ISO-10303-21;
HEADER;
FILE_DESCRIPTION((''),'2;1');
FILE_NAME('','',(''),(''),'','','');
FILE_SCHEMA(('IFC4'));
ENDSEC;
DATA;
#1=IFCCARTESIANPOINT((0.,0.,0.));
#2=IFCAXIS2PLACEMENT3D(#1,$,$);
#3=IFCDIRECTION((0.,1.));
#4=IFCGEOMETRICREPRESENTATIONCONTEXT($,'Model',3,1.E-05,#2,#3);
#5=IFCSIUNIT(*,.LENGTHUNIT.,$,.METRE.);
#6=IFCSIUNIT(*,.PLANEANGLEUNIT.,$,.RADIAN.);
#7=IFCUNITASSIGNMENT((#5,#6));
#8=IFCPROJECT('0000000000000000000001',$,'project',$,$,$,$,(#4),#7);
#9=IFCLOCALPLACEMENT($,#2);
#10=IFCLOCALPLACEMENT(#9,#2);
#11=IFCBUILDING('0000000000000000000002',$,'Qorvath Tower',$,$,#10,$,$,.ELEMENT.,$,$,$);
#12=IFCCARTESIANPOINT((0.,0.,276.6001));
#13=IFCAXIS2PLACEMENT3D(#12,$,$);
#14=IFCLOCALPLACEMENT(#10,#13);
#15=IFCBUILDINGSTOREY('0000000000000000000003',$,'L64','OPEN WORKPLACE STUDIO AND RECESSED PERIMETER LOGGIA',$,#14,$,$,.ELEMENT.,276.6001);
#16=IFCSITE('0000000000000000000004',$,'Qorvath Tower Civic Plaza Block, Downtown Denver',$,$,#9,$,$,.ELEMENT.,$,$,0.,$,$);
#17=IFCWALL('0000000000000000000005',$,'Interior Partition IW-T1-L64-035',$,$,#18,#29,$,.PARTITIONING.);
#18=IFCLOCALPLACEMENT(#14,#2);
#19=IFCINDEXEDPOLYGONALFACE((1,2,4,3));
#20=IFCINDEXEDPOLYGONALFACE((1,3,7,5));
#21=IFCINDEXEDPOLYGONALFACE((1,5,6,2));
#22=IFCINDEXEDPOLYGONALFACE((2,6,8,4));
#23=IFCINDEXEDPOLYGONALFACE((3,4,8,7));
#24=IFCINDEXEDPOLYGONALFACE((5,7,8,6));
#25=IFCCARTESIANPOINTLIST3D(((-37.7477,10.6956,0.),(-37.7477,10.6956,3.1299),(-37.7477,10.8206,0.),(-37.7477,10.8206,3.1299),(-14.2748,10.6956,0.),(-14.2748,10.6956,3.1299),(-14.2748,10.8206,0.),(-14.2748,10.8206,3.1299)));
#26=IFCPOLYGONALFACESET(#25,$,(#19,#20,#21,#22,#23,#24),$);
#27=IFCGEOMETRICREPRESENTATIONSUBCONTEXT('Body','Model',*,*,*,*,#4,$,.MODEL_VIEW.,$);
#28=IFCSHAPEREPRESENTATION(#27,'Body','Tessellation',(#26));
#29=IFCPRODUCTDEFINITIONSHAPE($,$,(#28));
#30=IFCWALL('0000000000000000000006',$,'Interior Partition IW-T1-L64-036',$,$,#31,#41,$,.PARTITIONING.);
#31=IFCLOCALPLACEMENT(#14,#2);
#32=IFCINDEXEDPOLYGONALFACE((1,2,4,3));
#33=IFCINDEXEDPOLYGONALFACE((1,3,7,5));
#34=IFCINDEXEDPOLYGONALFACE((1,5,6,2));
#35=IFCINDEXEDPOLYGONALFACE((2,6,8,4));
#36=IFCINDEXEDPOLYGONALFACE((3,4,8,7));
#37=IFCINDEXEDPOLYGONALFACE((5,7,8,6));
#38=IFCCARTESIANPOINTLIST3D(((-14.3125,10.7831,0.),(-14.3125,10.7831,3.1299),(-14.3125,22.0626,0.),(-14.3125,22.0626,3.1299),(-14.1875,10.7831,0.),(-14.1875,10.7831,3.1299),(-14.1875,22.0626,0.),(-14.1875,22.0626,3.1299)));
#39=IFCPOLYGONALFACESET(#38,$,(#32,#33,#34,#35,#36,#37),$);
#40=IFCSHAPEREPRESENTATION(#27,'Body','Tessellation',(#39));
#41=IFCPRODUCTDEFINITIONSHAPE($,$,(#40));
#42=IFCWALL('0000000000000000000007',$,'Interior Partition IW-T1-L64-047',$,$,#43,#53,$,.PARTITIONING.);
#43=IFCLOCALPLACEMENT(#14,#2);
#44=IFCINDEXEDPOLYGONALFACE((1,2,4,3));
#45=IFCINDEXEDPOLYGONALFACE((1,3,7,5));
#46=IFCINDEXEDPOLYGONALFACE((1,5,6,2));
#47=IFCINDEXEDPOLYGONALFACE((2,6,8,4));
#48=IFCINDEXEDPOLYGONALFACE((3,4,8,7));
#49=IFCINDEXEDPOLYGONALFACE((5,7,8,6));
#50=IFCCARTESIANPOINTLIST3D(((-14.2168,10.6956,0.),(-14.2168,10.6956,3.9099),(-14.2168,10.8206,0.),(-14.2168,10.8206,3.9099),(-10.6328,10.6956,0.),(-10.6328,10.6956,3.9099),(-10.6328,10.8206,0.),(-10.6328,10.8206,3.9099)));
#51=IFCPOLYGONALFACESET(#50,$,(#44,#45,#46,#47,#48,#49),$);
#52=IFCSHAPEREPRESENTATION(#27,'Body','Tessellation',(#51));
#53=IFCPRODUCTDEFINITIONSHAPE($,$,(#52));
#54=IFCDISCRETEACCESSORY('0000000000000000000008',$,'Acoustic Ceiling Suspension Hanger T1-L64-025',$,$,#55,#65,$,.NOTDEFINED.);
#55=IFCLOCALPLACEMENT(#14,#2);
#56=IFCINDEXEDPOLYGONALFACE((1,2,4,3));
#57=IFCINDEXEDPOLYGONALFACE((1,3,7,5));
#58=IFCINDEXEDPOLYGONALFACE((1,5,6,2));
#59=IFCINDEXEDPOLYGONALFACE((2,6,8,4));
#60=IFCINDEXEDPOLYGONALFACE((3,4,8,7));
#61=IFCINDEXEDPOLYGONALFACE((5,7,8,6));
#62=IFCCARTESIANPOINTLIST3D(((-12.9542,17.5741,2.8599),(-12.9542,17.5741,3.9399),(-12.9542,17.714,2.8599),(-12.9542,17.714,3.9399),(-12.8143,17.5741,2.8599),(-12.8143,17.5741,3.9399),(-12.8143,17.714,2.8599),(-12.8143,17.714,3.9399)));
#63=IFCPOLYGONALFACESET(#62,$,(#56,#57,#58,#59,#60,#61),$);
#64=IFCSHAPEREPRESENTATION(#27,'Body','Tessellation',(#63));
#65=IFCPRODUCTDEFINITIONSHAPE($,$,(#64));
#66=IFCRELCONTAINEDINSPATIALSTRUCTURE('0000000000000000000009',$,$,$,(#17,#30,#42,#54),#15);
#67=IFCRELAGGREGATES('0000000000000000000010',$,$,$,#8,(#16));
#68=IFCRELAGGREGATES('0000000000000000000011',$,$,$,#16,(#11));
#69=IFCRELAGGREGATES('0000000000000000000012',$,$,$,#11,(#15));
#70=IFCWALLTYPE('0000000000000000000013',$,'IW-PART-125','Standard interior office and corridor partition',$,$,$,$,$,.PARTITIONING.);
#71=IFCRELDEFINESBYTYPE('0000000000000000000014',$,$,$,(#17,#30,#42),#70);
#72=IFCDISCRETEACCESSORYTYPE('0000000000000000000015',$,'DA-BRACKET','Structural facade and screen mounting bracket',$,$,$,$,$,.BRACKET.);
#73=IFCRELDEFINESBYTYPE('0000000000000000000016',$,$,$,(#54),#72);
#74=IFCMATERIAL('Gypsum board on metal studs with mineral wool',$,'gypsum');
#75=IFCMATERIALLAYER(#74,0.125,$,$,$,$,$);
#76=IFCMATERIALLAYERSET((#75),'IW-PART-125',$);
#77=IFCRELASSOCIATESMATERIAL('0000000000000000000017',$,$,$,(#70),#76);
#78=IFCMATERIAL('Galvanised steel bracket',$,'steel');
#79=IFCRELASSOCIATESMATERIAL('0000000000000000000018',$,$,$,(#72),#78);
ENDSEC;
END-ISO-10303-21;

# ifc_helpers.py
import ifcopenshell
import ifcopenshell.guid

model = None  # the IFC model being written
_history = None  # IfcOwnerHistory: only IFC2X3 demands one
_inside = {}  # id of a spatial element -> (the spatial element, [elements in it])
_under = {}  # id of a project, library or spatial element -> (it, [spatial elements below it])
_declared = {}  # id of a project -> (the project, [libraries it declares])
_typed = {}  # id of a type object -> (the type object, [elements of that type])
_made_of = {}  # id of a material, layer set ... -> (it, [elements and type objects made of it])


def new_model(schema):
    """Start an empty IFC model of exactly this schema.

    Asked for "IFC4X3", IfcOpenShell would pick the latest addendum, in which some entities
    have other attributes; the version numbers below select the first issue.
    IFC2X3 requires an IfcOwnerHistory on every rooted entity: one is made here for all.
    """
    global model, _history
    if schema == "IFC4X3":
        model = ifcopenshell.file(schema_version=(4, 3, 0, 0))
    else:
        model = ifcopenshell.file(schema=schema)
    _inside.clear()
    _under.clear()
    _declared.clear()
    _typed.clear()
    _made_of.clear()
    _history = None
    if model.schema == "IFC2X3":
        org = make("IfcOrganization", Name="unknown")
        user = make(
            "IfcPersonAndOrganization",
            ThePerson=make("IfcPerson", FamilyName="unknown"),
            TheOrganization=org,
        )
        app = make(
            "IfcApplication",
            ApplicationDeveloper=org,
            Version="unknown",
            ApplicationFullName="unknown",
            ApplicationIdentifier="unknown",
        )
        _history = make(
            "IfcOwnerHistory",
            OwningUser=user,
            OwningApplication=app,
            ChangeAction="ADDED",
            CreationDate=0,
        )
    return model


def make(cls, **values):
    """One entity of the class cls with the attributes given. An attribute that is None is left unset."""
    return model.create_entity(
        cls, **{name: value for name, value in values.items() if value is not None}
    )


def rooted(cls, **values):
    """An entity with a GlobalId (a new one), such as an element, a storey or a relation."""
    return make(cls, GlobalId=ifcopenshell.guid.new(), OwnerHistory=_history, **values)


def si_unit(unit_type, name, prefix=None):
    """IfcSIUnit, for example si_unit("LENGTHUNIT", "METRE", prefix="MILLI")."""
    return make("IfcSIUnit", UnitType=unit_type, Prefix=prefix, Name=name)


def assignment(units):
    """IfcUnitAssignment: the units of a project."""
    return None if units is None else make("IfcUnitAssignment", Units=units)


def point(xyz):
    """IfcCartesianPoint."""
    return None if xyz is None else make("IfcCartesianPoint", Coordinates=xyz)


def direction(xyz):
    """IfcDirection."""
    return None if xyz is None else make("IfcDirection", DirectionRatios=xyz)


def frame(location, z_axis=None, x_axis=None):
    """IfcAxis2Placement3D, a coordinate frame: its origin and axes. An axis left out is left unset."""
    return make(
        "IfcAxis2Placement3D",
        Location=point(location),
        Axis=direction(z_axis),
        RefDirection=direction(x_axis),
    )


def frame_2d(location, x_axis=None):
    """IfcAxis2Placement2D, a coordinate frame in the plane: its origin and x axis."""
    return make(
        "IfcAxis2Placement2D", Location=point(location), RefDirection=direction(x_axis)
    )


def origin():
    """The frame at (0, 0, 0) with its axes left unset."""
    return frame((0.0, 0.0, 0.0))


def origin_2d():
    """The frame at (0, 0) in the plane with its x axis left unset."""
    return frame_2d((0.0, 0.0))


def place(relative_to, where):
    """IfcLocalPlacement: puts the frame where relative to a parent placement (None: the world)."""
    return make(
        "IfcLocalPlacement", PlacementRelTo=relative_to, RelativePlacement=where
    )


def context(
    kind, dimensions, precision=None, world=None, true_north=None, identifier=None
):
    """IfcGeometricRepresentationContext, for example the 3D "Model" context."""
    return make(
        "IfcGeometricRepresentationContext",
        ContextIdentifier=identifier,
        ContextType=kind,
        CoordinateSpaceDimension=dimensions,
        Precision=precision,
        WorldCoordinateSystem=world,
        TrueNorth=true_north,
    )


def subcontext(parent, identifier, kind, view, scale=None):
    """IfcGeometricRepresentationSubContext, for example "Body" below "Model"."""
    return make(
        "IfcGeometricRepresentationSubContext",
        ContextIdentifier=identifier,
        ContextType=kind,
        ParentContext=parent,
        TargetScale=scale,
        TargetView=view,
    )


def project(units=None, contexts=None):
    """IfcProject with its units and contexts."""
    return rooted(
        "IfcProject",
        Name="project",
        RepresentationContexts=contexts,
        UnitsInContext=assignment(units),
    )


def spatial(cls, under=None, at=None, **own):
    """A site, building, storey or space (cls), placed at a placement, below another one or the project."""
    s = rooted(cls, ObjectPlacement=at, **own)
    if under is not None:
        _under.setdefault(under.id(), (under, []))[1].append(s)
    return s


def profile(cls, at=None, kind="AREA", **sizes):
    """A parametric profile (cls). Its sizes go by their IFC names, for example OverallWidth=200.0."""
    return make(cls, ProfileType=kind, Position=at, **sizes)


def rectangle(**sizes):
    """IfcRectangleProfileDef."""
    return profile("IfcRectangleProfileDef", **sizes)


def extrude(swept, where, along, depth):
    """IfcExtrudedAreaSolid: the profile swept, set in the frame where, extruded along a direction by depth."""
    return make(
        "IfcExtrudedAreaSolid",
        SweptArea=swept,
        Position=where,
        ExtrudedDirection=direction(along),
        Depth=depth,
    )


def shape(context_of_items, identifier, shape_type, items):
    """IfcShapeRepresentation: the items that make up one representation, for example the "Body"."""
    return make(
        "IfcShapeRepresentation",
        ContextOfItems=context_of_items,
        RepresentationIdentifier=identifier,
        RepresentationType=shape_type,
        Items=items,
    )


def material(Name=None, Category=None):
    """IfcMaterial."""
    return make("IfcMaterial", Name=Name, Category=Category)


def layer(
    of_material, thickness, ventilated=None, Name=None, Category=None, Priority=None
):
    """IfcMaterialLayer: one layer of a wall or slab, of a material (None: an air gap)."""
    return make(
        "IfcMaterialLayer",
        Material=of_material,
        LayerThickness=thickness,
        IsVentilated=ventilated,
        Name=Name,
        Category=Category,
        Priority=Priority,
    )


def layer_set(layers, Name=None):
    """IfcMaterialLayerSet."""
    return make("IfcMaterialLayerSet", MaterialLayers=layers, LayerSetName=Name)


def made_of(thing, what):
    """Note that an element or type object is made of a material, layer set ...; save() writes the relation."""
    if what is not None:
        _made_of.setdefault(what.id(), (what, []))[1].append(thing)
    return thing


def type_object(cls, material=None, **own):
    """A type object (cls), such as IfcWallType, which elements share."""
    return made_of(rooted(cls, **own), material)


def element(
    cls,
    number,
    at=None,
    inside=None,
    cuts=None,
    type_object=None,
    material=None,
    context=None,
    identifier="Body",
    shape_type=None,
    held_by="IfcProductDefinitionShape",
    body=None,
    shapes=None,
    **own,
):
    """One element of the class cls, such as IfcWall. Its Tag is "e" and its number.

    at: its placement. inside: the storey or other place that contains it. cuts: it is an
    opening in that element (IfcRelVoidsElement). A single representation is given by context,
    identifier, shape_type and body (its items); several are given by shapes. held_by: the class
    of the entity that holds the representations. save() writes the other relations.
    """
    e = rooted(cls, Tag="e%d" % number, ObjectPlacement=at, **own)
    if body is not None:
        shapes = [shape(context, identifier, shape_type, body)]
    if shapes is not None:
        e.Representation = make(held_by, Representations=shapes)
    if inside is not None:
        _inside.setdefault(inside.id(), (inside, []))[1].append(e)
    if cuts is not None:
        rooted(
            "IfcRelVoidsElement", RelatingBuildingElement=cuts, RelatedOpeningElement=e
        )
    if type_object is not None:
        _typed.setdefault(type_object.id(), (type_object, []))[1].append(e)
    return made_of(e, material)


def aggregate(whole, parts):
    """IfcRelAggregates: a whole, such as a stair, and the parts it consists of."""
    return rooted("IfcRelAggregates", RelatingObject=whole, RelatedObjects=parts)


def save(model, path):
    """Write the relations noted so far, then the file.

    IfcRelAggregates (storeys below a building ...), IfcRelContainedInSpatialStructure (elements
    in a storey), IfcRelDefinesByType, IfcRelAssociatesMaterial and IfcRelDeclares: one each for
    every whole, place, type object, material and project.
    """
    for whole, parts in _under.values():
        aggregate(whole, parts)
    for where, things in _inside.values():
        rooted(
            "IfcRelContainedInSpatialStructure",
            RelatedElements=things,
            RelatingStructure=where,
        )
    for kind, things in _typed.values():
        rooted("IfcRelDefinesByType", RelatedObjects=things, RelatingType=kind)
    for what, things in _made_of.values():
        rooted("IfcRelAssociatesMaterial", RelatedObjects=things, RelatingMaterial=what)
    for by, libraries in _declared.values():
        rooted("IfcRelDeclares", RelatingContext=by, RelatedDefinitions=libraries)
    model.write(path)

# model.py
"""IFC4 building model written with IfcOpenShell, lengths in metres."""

from ifc_helpers import new_model, si_unit, direction, frame, frame_2d, origin, origin_2d, place, context, subcontext, project, spatial, rectangle, extrude, material, layer, layer_set, type_object, element, save


model = new_model("IFC4")

# Units and contexts
model_context = context("Model", 3, precision=1e-05, world=origin(), true_north=direction((0.0, 1.0)))
body_context = subcontext(model_context, "Body", "Model", "MODEL_VIEW")
ifc_project = project(units=[si_unit("LENGTHUNIT", "METRE"), si_unit("PLANEANGLEUNIT", "RADIAN")], contexts=[model_context])

# Site, building, storey
site_placement = place(None, origin())
site = spatial("IfcSite", under=ifc_project, at=site_placement, Name="Qorvath Tower Civic Plaza Block, Downtown Denver", CompositionType="ELEMENT", RefElevation=0.0)
building_placement = place(site_placement, origin())
building = spatial("IfcBuilding", under=site, at=building_placement, Name="Qorvath Tower", CompositionType="ELEMENT")
storey_placement = place(building_placement, frame((0.0, 0.0, 276.6001)))
storey = spatial("IfcBuildingStorey", under=building, at=storey_placement, Name="L64", Description="OPEN WORKPLACE STUDIO AND RECESSED PERIMETER LOGGIA", CompositionType="ELEMENT", Elevation=276.6001)

# Walls
ifc_material_1 = material(Name="Gypsum board on metal studs with mineral wool", Category="gypsum")
ifc_layer_1 = layer(ifc_material_1, 0.125)
ifc_layer_set_1 = layer_set([ifc_layer_1], Name="IW-PART-125")
wall_type = type_object("IfcWallType", Name="IW-PART-125", Description="Standard interior office and corridor partition", PredefinedType="PARTITIONING", material=ifc_layer_set_1)
wall_1_placement = place(storey_placement, frame((-14.2749, 10.7581, 0.0), z_axis=(0.0, 0.0, 1.0), x_axis=(-1.0, 0.0, 0.0)))
element("IfcWall", 1, at=wall_1_placement, inside=storey, type_object=wall_type, Name="Interior Partition IW-T1-L64-035", PredefinedType="PARTITIONING", context=body_context, shape_type="SweptSolid", body=[
    extrude(rectangle(XDim=23.4729, YDim=0.125, at=frame_2d((11.7363, 0.0))), origin(), (0.0, 0.0, 1.0), 3.1299),
])
wall_2_placement = place(storey_placement, frame((-14.25, 10.7832, 0.0), z_axis=(0.0, 0.0, 1.0), x_axis=(0.0, 1.0, 0.0)))
element("IfcWall", 2, at=wall_2_placement, inside=storey, type_object=wall_type, Name="Interior Partition IW-T1-L64-036", PredefinedType="PARTITIONING", context=body_context, shape_type="SweptSolid", body=[
    extrude(rectangle(XDim=11.2795, YDim=0.125, at=frame_2d((5.6396, 0.0))), origin(), (0.0, 0.0, 1.0), 3.1299),
])
wall_3_placement = place(storey_placement, frame((-14.2168, 10.7581, 0.0), z_axis=(0.0, 0.0, 1.0), x_axis=(1.0, 0.0, 0.0)))
element("IfcWall", 3, at=wall_3_placement, inside=storey, type_object=wall_type, Name="Interior Partition IW-T1-L64-047", PredefinedType="PARTITIONING", context=body_context, shape_type="SweptSolid", body=[
    extrude(rectangle(XDim=3.584, YDim=0.125, at=frame_2d((1.792, 0.0))), origin(), (0.0, 0.0, 1.0), 3.9099),
])

# Discrete accessory
ifc_material_2 = material(Name="Galvanised steel bracket", Category="steel")
discrete_accessory_type = type_object("IfcDiscreteAccessoryType", Name="DA-BRACKET", Description="Structural facade and screen mounting bracket", PredefinedType="BRACKET", material=ifc_material_2)
discrete_accessory_placement = place(storey_placement, frame((-12.8843, 17.644, 2.8599), z_axis=(0.0, 0.0, 1.0), x_axis=(1.0, 0.0, 0.0)))
element("IfcDiscreteAccessory", 4, at=discrete_accessory_placement, inside=storey, type_object=discrete_accessory_type, Name="Acoustic Ceiling Suspension Hanger T1-L64-025", PredefinedType="NOTDEFINED", context=body_context, shape_type="SweptSolid", body=[
    extrude(rectangle(XDim=0.1399, YDim=0.1399, at=origin_2d()), origin(), (0.0, 0.0, 1.0), 1.0801),
])

save(model, "model.ifc")
